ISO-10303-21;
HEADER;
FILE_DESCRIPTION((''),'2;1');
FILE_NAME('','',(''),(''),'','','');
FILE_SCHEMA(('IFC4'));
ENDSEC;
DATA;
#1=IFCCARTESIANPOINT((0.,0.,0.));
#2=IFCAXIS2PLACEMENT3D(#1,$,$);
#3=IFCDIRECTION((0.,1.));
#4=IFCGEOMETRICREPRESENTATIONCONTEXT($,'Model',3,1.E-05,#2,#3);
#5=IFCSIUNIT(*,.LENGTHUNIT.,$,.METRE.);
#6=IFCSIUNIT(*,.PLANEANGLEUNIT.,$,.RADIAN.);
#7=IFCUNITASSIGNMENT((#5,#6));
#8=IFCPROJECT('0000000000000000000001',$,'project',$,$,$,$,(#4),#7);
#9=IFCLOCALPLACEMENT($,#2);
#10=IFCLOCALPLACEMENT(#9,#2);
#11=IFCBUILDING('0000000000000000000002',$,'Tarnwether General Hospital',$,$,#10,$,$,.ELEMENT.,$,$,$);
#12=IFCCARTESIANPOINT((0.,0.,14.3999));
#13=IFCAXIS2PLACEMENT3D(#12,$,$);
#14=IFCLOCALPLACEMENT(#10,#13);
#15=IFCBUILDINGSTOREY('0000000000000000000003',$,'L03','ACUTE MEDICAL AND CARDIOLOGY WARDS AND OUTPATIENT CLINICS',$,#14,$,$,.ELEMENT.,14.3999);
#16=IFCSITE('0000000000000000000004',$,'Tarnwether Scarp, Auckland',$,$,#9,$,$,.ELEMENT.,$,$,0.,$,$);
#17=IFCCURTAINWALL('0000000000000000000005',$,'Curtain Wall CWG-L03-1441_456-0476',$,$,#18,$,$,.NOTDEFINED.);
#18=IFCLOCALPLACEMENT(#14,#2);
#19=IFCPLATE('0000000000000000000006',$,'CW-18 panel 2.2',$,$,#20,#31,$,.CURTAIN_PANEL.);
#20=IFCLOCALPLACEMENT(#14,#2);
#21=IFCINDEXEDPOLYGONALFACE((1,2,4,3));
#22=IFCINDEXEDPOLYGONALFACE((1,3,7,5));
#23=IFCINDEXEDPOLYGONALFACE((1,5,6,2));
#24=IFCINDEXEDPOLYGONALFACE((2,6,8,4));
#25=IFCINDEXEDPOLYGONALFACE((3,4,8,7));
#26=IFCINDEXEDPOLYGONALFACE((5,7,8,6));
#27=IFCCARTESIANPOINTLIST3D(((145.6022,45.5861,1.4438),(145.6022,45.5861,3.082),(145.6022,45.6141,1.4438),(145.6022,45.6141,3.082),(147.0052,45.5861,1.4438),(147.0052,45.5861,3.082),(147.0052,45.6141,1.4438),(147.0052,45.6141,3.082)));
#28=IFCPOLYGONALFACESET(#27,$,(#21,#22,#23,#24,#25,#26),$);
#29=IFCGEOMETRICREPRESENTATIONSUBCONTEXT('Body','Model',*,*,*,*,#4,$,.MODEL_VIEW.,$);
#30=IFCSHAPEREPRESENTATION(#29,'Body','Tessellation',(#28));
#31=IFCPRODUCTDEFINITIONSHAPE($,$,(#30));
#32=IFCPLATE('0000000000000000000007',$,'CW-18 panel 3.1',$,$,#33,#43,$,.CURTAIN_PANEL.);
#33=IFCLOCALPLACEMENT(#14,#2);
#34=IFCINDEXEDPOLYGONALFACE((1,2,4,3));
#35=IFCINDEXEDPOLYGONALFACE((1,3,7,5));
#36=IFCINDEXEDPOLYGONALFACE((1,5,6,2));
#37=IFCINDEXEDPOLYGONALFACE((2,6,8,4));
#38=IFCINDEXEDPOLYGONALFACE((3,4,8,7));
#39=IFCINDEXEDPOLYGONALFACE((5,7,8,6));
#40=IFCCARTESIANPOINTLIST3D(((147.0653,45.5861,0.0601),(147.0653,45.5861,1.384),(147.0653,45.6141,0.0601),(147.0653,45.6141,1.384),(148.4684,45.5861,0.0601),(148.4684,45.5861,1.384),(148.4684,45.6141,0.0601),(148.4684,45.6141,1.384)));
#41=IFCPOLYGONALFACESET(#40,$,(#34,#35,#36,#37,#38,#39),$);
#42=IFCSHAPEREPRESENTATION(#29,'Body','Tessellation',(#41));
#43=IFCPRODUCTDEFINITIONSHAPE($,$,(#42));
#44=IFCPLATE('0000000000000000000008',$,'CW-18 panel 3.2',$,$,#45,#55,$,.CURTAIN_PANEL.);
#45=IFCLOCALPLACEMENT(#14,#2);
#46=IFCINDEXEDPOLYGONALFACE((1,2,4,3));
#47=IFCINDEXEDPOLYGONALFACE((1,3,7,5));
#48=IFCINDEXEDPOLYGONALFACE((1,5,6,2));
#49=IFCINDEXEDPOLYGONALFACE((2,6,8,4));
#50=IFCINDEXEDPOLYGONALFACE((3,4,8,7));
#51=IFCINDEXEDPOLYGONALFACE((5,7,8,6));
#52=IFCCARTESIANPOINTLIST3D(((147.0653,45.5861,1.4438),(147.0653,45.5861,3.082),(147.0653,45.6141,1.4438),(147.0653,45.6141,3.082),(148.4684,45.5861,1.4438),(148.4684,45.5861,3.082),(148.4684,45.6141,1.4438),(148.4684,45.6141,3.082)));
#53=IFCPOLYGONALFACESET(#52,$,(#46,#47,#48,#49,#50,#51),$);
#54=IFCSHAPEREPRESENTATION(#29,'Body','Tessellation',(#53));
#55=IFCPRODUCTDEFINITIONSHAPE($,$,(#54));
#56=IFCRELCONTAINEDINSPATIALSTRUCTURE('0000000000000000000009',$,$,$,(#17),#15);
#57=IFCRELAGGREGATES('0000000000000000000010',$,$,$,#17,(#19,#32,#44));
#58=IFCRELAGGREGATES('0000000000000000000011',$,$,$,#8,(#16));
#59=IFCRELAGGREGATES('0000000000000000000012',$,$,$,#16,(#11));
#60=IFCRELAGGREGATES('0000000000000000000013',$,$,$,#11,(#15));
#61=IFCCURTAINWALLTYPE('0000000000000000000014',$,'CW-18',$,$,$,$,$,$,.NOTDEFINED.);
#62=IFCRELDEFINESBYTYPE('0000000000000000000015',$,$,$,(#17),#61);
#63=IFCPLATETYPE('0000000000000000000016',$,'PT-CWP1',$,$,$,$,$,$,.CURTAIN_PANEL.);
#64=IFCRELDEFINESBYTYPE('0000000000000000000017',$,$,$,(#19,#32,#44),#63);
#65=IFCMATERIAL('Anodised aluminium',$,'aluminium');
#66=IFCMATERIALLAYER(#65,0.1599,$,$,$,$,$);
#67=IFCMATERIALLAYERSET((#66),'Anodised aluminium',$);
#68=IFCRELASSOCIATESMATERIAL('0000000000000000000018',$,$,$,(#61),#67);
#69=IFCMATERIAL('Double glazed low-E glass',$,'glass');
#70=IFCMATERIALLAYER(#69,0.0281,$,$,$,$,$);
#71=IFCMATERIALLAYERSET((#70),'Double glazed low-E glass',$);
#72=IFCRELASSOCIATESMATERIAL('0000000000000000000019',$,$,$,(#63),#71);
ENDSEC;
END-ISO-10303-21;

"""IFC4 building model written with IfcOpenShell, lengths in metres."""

from ifc_helpers import new_model, si_unit, direction, frame, origin, origin_2d, place, context, subcontext, project, spatial, rectangle, extrude, material, layer, layer_set, type_object, element, aggregate, save


model = new_model("IFC4")

# Units and contexts
model_context = context("Model", 3, precision=1e-05, world=origin(), true_north=direction((0.0, 1.0)))
body_context = subcontext(model_context, "Body", "Model", "MODEL_VIEW")
ifc_project = project(units=[si_unit("LENGTHUNIT", "METRE"), si_unit("PLANEANGLEUNIT", "RADIAN")], contexts=[model_context])

# Site, building, storey
site_placement = place(None, origin())
site = spatial("IfcSite", under=ifc_project, at=site_placement, Name="Tarnwether Scarp, Auckland", CompositionType="ELEMENT", RefElevation=0.0)
building_placement = place(site_placement, origin())
building = spatial("IfcBuilding", under=site, at=building_placement, Name="Tarnwether General Hospital", CompositionType="ELEMENT")
storey_placement = place(building_placement, frame((0.0, 0.0, 14.3999)))
storey = spatial("IfcBuildingStorey", under=building, at=storey_placement, Name="L03", Description="ACUTE MEDICAL AND CARDIOLOGY WARDS AND OUTPATIENT CLINICS", CompositionType="ELEMENT", Elevation=14.3999)

# Curtain wall, plates
ifc_material_1 = material(Name="Anodised aluminium", Category="aluminium")
ifc_layer_1 = layer(ifc_material_1, 0.1599)
ifc_layer_set_1 = layer_set([ifc_layer_1], Name="Anodised aluminium")
curtain_wall_type = type_object("IfcCurtainWallType", Name="CW-18", PredefinedType="NOTDEFINED", material=ifc_layer_set_1)
curtain_wall_placement = place(storey_placement, origin())
curtain_wall = element("IfcCurtainWall", 1, at=curtain_wall_placement, inside=storey, type_object=curtain_wall_type, Name="Curtain Wall CWG-L03-1441_456-0476", PredefinedType="NOTDEFINED")
ifc_material_2 = material(Name="Double glazed low-E glass", Category="glass")
ifc_layer_2 = layer(ifc_material_2, 0.0281)
ifc_layer_set_2 = layer_set([ifc_layer_2], Name="Double glazed low-E glass")
plate_type = type_object("IfcPlateType", Name="PT-CWP1", PredefinedType="CURTAIN_PANEL", material=ifc_layer_set_2)
plate_1_placement = place(storey_placement, frame((146.3037, 45.6001, 1.4438), z_axis=(0.0, 0.0, 1.0), x_axis=(1.0, 0.0, 0.0)))
plate_1 = element("IfcPlate", 2, at=plate_1_placement, type_object=plate_type, Name="CW-18 panel 2.2", PredefinedType="CURTAIN_PANEL", context=body_context, shape_type="SweptSolid", body=[
    extrude(rectangle(XDim=1.4031, YDim=0.0281, at=origin_2d()), origin(), (0.0, 0.0, 1.0), 1.6382),
])
plate_2_placement = place(storey_placement, frame((147.7668, 45.6001, 0.0601), z_axis=(0.0, 0.0, 1.0), x_axis=(1.0, 0.0, 0.0)))
plate_2 = element("IfcPlate", 3, at=plate_2_placement, type_object=plate_type, Name="CW-18 panel 3.1", PredefinedType="CURTAIN_PANEL", context=body_context, shape_type="SweptSolid", body=[
    extrude(rectangle(XDim=1.4031, YDim=0.0281, at=origin_2d()), origin(), (0.0, 0.0, 1.0), 1.324),
])
plate_3_placement = place(storey_placement, frame((147.7668, 45.6001, 1.4438), z_axis=(0.0, 0.0, 1.0), x_axis=(1.0, 0.0, 0.0)))
plate_3 = element("IfcPlate", 4, at=plate_3_placement, type_object=plate_type, Name="CW-18 panel 3.2", PredefinedType="CURTAIN_PANEL", context=body_context, shape_type="SweptSolid", body=[
    extrude(rectangle(XDim=1.4031, YDim=0.0281, at=origin_2d()), origin(), (0.0, 0.0, 1.0), 1.6382),
])
aggregate(curtain_wall, [plate_1, plate_2, plate_3])

save(model, "model.ifc")
